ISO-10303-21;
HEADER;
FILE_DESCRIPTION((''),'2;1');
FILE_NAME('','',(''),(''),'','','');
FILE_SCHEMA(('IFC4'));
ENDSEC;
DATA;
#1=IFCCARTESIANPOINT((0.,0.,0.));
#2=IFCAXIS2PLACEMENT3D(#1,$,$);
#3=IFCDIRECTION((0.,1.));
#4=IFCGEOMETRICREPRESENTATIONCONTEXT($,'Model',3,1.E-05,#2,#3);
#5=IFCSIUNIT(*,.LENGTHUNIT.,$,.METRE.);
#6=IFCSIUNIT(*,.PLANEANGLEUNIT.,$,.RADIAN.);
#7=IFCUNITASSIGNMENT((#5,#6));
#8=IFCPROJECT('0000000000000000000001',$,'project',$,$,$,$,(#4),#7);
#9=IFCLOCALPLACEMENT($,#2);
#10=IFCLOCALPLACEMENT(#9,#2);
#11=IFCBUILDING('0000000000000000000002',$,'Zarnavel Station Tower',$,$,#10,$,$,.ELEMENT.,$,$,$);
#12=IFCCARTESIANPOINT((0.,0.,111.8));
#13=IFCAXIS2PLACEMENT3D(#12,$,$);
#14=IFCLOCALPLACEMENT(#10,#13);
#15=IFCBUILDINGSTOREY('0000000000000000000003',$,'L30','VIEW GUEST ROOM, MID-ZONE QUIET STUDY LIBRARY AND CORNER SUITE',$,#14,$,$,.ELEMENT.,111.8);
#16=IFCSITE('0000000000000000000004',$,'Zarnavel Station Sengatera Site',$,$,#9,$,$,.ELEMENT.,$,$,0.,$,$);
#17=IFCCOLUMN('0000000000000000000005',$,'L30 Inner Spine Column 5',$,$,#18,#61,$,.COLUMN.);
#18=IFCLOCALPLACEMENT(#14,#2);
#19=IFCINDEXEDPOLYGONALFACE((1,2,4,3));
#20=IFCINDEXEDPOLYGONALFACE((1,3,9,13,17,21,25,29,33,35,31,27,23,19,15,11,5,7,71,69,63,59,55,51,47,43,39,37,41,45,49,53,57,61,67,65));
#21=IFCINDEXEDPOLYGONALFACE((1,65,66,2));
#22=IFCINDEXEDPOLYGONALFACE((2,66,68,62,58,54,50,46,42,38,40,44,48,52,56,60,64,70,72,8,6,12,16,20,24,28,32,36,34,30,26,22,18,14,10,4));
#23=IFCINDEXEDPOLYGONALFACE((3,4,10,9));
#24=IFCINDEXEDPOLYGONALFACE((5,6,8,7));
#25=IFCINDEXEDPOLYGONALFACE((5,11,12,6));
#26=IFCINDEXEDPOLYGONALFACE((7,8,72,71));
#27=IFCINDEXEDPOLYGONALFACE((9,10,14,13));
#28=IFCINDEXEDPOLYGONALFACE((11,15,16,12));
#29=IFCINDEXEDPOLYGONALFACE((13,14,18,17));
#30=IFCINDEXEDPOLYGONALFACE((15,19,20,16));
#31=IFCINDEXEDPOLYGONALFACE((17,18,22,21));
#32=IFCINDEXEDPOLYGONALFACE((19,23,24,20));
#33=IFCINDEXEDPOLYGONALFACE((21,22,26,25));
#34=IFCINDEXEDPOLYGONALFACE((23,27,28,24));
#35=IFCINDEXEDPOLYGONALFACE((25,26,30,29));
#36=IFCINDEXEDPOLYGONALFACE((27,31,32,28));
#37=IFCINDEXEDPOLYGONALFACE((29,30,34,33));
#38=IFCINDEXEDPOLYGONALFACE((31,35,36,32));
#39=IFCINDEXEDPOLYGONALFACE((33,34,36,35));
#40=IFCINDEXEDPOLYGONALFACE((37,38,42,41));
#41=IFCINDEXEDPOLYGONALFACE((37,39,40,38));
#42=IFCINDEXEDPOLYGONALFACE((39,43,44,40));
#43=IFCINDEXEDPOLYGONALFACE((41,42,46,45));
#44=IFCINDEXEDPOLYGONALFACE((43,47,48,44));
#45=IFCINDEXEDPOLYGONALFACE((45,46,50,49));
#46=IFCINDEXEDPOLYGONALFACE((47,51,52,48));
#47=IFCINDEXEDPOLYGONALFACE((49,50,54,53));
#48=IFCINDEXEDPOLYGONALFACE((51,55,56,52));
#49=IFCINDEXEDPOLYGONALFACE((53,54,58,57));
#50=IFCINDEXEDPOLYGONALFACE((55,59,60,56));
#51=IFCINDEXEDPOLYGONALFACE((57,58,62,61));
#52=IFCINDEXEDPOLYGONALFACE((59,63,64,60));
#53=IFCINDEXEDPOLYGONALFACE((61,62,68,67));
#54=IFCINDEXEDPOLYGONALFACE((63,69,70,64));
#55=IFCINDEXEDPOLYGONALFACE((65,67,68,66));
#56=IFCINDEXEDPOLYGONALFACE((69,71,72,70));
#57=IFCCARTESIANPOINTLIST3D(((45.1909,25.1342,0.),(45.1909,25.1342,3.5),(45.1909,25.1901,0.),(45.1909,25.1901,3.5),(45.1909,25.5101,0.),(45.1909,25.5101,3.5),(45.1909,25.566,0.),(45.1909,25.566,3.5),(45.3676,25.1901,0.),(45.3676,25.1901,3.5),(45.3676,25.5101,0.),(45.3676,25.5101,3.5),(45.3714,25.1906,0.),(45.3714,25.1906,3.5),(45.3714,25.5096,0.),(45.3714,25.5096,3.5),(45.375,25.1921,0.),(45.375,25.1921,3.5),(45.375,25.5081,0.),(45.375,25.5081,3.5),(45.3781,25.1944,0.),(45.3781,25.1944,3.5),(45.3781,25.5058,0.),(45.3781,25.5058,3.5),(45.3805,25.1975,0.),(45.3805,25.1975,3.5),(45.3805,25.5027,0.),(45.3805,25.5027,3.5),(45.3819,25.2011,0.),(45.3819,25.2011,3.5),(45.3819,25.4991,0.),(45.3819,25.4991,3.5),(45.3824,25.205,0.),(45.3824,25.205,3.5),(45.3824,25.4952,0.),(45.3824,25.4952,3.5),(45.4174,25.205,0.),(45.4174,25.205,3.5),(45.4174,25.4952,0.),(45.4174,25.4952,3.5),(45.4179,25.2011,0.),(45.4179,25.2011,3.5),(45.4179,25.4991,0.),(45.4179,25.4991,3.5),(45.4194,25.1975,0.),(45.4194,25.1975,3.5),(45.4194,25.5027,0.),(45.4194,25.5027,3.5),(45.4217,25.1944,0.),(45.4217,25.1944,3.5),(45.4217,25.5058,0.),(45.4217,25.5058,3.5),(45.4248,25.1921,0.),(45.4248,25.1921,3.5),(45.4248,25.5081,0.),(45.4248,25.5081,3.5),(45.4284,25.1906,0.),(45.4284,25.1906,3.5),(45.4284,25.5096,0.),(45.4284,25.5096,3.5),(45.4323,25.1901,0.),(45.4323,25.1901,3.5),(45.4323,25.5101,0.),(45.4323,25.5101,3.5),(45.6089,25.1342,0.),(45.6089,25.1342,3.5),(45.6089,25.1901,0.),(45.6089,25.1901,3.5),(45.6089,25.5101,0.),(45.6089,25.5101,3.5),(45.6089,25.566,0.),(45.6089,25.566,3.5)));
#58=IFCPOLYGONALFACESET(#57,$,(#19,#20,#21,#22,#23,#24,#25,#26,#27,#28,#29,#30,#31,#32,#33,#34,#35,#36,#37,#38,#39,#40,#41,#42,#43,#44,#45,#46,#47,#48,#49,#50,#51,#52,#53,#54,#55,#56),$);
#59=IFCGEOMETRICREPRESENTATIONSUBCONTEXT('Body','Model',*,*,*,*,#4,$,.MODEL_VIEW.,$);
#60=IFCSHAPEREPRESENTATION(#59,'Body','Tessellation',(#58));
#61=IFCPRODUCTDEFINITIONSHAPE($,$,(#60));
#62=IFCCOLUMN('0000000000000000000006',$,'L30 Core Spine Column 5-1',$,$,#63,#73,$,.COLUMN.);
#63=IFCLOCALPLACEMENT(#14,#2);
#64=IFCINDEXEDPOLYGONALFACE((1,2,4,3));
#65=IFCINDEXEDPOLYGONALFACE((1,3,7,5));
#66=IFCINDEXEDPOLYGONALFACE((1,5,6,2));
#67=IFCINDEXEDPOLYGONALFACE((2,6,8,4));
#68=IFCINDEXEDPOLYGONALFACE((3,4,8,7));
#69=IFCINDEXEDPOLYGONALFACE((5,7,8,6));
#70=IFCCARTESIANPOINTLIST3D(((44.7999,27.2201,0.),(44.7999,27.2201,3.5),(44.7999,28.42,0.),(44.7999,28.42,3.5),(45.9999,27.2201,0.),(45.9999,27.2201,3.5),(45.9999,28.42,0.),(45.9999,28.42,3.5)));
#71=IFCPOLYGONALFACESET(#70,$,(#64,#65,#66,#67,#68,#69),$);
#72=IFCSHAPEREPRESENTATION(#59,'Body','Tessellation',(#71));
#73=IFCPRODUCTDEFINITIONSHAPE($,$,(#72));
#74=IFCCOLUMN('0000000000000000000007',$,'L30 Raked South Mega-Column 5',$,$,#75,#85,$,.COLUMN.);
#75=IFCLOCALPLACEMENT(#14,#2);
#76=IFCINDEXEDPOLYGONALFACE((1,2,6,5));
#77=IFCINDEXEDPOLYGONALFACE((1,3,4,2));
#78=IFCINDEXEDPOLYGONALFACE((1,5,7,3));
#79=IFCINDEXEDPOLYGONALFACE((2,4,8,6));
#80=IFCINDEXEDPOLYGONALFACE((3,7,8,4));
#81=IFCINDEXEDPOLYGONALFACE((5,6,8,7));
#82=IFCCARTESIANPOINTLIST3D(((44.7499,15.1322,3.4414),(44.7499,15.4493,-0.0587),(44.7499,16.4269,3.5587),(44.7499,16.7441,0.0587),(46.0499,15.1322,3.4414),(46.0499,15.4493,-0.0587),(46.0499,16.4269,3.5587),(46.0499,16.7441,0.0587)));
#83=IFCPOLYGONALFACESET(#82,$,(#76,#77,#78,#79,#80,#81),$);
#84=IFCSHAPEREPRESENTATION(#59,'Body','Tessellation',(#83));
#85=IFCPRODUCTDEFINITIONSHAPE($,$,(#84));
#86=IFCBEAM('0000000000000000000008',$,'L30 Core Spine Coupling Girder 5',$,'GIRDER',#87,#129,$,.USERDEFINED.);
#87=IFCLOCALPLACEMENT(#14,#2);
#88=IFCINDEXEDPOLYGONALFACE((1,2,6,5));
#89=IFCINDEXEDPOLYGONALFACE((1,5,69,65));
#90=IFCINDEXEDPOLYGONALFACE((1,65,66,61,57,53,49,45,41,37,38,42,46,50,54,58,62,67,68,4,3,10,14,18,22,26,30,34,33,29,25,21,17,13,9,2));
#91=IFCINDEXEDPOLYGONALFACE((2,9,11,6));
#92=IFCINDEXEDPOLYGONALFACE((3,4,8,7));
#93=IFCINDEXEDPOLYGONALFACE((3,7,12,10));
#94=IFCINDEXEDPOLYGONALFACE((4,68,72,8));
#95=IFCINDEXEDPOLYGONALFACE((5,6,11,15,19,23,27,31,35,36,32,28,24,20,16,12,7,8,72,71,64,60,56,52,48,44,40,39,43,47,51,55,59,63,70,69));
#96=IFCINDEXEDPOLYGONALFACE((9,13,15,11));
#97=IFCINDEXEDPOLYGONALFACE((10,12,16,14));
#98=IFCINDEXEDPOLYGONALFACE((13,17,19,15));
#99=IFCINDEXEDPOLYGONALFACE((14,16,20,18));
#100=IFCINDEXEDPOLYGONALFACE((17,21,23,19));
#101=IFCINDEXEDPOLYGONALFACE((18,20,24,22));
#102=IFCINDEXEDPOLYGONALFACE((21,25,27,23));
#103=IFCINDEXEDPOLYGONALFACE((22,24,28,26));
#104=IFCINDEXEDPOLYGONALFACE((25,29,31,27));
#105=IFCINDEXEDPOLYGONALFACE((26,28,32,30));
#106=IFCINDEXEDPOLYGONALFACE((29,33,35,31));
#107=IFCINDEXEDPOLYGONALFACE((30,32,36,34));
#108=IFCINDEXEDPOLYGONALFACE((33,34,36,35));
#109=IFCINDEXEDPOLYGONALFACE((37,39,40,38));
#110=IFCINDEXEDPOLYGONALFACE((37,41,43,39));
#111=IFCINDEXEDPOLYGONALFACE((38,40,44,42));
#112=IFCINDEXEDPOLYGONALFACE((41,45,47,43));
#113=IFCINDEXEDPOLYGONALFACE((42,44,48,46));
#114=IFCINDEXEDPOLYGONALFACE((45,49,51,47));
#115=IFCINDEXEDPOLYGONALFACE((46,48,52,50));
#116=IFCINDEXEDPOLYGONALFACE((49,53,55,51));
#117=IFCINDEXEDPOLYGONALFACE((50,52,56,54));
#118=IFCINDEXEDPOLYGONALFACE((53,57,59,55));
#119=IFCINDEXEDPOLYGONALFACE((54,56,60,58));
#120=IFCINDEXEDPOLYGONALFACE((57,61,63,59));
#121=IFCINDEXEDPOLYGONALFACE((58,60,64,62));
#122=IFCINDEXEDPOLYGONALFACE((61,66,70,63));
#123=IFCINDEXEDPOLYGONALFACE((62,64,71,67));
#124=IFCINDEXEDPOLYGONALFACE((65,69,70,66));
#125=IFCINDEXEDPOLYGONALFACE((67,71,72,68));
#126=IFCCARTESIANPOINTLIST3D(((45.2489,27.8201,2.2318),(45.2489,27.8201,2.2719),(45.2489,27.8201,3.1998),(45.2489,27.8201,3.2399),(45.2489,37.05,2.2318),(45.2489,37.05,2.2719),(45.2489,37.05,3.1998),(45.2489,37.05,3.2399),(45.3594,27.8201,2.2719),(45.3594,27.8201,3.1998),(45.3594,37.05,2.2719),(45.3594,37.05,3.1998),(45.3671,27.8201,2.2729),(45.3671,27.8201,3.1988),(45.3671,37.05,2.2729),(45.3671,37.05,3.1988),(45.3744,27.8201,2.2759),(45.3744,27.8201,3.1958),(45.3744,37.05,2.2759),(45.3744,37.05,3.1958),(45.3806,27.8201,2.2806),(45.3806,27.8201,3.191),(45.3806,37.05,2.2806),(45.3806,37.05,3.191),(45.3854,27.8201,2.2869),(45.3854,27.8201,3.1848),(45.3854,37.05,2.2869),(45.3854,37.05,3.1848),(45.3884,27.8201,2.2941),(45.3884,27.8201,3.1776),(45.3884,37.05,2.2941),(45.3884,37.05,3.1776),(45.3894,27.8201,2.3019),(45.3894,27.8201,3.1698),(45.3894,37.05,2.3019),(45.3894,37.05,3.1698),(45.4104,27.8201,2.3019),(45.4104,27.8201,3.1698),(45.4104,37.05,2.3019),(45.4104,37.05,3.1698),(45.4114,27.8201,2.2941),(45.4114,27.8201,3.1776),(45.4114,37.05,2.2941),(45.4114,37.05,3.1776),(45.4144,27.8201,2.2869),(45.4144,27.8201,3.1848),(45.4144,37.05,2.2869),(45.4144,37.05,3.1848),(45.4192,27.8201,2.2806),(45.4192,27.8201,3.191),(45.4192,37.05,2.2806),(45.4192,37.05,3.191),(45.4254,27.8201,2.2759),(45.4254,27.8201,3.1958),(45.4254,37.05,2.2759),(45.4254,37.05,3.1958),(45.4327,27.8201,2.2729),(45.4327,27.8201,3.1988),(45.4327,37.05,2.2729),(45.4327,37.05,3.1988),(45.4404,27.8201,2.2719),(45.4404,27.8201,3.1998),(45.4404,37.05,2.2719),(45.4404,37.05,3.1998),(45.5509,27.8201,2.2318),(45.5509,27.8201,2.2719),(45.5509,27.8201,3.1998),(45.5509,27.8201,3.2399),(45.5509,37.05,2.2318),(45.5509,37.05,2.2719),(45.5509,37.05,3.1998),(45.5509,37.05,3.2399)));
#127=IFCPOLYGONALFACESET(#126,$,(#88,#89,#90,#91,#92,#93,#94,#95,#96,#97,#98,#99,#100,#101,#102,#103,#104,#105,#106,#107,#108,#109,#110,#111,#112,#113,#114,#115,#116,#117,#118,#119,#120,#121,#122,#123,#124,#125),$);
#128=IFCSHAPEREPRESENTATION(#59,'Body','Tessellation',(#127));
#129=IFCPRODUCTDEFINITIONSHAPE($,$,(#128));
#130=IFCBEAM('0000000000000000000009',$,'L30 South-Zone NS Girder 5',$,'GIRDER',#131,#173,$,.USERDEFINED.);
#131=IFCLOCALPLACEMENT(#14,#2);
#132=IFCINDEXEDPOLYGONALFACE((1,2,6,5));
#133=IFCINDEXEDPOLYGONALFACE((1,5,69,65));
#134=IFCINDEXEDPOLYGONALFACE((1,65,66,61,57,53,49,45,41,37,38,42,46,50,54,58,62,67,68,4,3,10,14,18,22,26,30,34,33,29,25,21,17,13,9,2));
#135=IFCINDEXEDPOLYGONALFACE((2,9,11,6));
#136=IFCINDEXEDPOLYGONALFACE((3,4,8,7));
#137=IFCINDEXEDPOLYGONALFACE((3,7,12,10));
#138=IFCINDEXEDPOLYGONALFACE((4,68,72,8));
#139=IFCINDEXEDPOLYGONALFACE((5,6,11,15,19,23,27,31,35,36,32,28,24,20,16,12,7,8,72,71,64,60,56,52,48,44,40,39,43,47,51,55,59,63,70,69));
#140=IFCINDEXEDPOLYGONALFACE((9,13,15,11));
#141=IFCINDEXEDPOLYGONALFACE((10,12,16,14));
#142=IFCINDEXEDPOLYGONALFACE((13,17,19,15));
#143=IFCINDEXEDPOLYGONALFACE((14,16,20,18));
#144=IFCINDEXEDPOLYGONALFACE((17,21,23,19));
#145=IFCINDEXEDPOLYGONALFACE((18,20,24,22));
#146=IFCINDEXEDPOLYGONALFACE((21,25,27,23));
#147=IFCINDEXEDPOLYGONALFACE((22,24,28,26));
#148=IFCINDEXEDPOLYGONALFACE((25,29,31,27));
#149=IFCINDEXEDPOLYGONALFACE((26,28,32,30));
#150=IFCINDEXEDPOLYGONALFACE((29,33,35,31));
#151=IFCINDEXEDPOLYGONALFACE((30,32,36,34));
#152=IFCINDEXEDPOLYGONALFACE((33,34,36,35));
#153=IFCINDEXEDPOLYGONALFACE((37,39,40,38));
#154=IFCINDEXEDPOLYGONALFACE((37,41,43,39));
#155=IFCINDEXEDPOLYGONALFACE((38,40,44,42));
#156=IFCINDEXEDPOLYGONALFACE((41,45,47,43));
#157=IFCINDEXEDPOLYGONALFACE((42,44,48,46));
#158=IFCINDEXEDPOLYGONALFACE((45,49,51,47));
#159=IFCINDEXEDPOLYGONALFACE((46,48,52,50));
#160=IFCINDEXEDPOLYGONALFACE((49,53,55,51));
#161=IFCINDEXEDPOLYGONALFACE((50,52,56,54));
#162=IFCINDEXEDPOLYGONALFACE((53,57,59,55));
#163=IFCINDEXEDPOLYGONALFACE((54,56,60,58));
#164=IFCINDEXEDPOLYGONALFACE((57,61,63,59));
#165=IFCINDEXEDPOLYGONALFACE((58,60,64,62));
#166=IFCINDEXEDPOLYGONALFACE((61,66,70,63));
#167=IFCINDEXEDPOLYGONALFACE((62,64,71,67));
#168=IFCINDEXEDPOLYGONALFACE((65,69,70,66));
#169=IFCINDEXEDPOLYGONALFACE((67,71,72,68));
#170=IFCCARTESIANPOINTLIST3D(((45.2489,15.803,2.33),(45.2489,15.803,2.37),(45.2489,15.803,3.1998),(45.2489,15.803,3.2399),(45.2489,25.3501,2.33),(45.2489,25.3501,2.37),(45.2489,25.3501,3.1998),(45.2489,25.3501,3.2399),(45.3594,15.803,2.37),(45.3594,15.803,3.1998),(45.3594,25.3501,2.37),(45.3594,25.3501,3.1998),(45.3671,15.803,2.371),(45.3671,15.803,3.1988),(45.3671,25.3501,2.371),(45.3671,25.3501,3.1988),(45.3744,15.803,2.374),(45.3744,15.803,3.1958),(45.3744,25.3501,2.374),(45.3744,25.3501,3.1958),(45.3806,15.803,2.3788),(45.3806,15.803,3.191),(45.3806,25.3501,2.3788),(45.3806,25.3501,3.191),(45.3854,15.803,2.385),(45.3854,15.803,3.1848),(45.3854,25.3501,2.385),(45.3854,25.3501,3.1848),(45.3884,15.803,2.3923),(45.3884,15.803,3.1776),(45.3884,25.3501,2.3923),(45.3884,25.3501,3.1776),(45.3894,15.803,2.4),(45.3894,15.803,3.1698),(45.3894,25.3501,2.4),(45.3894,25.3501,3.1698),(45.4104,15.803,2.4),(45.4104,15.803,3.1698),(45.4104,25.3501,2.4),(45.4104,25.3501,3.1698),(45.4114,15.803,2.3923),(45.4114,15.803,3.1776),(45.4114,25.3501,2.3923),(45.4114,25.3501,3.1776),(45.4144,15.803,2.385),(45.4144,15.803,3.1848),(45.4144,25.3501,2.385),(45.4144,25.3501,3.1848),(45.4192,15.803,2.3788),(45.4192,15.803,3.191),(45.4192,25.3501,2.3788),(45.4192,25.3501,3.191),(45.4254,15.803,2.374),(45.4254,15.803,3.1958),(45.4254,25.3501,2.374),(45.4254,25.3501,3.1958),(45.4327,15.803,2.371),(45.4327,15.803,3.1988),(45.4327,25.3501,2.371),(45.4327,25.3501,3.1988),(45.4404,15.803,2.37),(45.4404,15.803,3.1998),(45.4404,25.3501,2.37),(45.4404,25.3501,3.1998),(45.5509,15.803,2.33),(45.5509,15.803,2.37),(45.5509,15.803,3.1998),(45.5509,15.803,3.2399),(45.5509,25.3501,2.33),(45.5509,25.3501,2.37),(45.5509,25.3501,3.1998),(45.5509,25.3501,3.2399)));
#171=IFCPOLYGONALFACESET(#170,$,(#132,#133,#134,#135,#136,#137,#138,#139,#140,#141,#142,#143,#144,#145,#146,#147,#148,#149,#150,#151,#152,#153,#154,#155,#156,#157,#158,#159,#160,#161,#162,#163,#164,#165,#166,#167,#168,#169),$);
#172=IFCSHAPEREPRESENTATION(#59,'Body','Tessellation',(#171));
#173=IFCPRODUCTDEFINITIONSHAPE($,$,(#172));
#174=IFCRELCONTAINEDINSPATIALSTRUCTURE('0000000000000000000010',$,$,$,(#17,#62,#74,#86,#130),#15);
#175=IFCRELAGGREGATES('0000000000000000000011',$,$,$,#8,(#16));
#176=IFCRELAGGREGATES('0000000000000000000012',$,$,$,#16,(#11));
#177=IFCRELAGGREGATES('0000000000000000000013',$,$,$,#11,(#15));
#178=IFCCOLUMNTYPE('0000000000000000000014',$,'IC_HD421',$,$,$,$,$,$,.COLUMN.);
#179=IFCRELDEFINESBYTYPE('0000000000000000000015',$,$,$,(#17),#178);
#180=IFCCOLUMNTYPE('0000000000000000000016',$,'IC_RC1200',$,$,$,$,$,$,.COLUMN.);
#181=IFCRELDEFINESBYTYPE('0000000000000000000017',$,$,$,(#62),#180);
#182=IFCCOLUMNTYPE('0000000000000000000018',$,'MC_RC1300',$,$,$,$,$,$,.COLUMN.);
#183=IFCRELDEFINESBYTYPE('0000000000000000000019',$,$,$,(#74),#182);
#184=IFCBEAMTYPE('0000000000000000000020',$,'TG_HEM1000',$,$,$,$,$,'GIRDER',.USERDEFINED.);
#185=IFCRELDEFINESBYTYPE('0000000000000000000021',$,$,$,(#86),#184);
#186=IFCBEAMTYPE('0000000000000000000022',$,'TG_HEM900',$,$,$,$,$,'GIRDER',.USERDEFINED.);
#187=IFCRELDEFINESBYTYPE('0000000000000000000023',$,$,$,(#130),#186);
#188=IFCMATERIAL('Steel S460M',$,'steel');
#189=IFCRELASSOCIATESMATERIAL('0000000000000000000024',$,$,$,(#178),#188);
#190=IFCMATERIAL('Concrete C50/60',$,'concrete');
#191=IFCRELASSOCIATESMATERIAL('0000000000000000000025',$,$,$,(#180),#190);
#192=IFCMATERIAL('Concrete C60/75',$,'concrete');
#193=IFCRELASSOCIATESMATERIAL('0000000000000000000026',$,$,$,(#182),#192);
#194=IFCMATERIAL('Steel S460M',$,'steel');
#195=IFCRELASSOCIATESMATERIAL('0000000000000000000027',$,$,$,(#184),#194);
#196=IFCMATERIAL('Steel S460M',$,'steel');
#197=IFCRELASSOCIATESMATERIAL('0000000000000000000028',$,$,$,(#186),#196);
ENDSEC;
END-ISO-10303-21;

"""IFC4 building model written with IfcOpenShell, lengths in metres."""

from ifc_helpers import new_model, si_unit, direction, frame, origin, origin_2d, place, context, subcontext, project, spatial, rectangle, i_section, extrude, material, material_profile, profile_set, type_object, element, save


model = new_model("IFC4")

# Units and contexts
model_context = context("Model", 3, precision=1e-05, world=origin(), true_north=direction((0.0, 1.0)))
body_context = subcontext(model_context, "Body", "Model", "MODEL_VIEW")
ifc_project = project(units=[si_unit("LENGTHUNIT", "METRE"), si_unit("PLANEANGLEUNIT", "RADIAN")], contexts=[model_context])

# Site, building, storey
site_placement = place(None, origin())
site = spatial("IfcSite", under=ifc_project, at=site_placement, Name="Zarnavel Station Sengatera Site", CompositionType="ELEMENT", RefElevation=0.0)
building_placement = place(site_placement, origin())
building = spatial("IfcBuilding", under=site, at=building_placement, Name="Zarnavel Station Tower", CompositionType="ELEMENT")
storey_placement = place(building_placement, frame((0.0, 0.0, 111.8)))
storey = spatial("IfcBuildingStorey", under=building, at=storey_placement, Name="L30", Description="VIEW GUEST ROOM, MID-ZONE QUIET STUDY LIBRARY AND CORNER SUITE", CompositionType="ELEMENT", Elevation=111.8)

# Columns
ifc_material_1 = material(Name="Steel S460M", Category="steel")
ifc_material_profile_1 = material_profile(ifc_material_1, i_section(OverallWidth=0.418, OverallDepth=0.4319, WebThickness=0.0349, FlangeThickness=0.0559, FilletRadius=0.0149, at=origin_2d()), Name="HD400x421")
ifc_profile_set_1 = profile_set([ifc_material_profile_1], Name="Steel S460M")
column_type_1 = type_object("IfcColumnType", Name="IC_HD421", PredefinedType="COLUMN", material=ifc_profile_set_1)
column_1_placement = place(storey_placement, frame((45.3999, 25.3501, 0.0), z_axis=(0.0, 0.0, 1.0), x_axis=(1.0, 0.0, 0.0)))
element("IfcColumn", 1, at=column_1_placement, inside=storey, type_object=column_type_1, Name="L30 Inner Spine Column 5", PredefinedType="COLUMN", context=body_context, shape_type="SweptSolid", body=[
    extrude(i_section(OverallWidth=0.418, OverallDepth=0.4319, WebThickness=0.0349, FlangeThickness=0.0559, FilletRadius=0.0149, at=origin_2d()), origin(), (0.0, 0.0, 1.0), 3.5),
])
ifc_material_2 = material(Name="Concrete C50/60", Category="concrete")
ifc_material_profile_2 = material_profile(ifc_material_2, rectangle(XDim=1.2, YDim=1.2, at=origin_2d()), Name="RC1200x1200")
ifc_profile_set_2 = profile_set([ifc_material_profile_2], Name="Concrete C50/60")
column_type_2 = type_object("IfcColumnType", Name="IC_RC1200", PredefinedType="COLUMN", material=ifc_profile_set_2)
column_2_placement = place(storey_placement, frame((45.3999, 27.8201, 0.0), z_axis=(0.0, 0.0, 1.0), x_axis=(1.0, 0.0, 0.0)))
element("IfcColumn", 2, at=column_2_placement, inside=storey, type_object=column_type_2, Name="L30 Core Spine Column 5-1", PredefinedType="COLUMN", context=body_context, shape_type="SweptSolid", body=[
    extrude(rectangle(XDim=1.2, YDim=1.2, at=origin_2d()), origin(), (0.0, 0.0, 1.0), 3.5),
])
ifc_material_3 = material(Name="Concrete C60/75", Category="concrete")
ifc_material_profile_3 = material_profile(ifc_material_3, rectangle(XDim=1.3, YDim=1.3, at=origin_2d()), Name="RC1300x1300")
ifc_profile_set_3 = profile_set([ifc_material_profile_3], Name="Concrete C60/75")
column_type_3 = type_object("IfcColumnType", Name="MC_RC1300", PredefinedType="COLUMN", material=ifc_profile_set_3)
column_3_placement = place(storey_placement, frame((45.3999, 16.0967, 0.0), z_axis=(0.0, -0.090241, 0.99592), x_axis=(1.0, 0.0, 0.0)))
element("IfcColumn", 3, at=column_3_placement, inside=storey, type_object=column_type_3, Name="L30 Raked South Mega-Column 5", PredefinedType="COLUMN", context=body_context, shape_type="SweptSolid", body=[
    extrude(rectangle(XDim=1.3, YDim=1.3, at=origin_2d()), origin(), (0.0, 0.0, 1.0), 3.5144),
])

# Beams
ifc_material_4 = material(Name="Steel S460M", Category="steel")
ifc_material_profile_4 = material_profile(ifc_material_4, i_section(OverallWidth=0.302, OverallDepth=1.0081, WebThickness=0.021, FlangeThickness=0.04, FilletRadius=0.03, at=origin_2d()), Name="HEM1000")
ifc_profile_set_4 = profile_set([ifc_material_profile_4], Name="Steel S460M")
beam_type_1 = type_object("IfcBeamType", Name="TG_HEM1000", ElementType="GIRDER", PredefinedType="USERDEFINED", material=ifc_profile_set_4)
beam_1_placement = place(storey_placement, frame((45.3999, 27.8201, 2.7358), z_axis=(0.0, 1.0, 0.0), x_axis=(-1.0, 0.0, 0.0)))
element("IfcBeam", 4, at=beam_1_placement, inside=storey, type_object=beam_type_1, Name="L30 Core Spine Coupling Girder 5", ObjectType="GIRDER", PredefinedType="USERDEFINED", context=body_context, shape_type="SweptSolid", body=[
    extrude(i_section(OverallWidth=0.302, OverallDepth=1.0081, WebThickness=0.021, FlangeThickness=0.04, FilletRadius=0.03, at=origin_2d()), origin(), (0.0, 0.0, 1.0), 9.23),
])
ifc_material_5 = material(Name="Steel S460M", Category="steel")
ifc_material_profile_5 = material_profile(ifc_material_5, i_section(OverallWidth=0.302, OverallDepth=0.9099, WebThickness=0.021, FlangeThickness=0.04, FilletRadius=0.03, at=origin_2d()), Name="HEM900")
ifc_profile_set_5 = profile_set([ifc_material_profile_5], Name="Steel S460M")
beam_type_2 = type_object("IfcBeamType", Name="TG_HEM900", ElementType="GIRDER", PredefinedType="USERDEFINED", material=ifc_profile_set_5)
beam_2_placement = place(storey_placement, frame((45.3999, 15.803, 2.7849), z_axis=(0.0, 1.0, 0.0), x_axis=(-1.0, 0.0, 0.0)))
element("IfcBeam", 5, at=beam_2_placement, inside=storey, type_object=beam_type_2, Name="L30 South-Zone NS Girder 5", ObjectType="GIRDER", PredefinedType="USERDEFINED", context=body_context, shape_type="SweptSolid", body=[
    extrude(i_section(OverallWidth=0.302, OverallDepth=0.9099, WebThickness=0.021, FlangeThickness=0.04, FilletRadius=0.03, at=origin_2d()), origin(), (0.0, 0.0, 1.0), 9.5471),
])

save(model, "model.ifc")
